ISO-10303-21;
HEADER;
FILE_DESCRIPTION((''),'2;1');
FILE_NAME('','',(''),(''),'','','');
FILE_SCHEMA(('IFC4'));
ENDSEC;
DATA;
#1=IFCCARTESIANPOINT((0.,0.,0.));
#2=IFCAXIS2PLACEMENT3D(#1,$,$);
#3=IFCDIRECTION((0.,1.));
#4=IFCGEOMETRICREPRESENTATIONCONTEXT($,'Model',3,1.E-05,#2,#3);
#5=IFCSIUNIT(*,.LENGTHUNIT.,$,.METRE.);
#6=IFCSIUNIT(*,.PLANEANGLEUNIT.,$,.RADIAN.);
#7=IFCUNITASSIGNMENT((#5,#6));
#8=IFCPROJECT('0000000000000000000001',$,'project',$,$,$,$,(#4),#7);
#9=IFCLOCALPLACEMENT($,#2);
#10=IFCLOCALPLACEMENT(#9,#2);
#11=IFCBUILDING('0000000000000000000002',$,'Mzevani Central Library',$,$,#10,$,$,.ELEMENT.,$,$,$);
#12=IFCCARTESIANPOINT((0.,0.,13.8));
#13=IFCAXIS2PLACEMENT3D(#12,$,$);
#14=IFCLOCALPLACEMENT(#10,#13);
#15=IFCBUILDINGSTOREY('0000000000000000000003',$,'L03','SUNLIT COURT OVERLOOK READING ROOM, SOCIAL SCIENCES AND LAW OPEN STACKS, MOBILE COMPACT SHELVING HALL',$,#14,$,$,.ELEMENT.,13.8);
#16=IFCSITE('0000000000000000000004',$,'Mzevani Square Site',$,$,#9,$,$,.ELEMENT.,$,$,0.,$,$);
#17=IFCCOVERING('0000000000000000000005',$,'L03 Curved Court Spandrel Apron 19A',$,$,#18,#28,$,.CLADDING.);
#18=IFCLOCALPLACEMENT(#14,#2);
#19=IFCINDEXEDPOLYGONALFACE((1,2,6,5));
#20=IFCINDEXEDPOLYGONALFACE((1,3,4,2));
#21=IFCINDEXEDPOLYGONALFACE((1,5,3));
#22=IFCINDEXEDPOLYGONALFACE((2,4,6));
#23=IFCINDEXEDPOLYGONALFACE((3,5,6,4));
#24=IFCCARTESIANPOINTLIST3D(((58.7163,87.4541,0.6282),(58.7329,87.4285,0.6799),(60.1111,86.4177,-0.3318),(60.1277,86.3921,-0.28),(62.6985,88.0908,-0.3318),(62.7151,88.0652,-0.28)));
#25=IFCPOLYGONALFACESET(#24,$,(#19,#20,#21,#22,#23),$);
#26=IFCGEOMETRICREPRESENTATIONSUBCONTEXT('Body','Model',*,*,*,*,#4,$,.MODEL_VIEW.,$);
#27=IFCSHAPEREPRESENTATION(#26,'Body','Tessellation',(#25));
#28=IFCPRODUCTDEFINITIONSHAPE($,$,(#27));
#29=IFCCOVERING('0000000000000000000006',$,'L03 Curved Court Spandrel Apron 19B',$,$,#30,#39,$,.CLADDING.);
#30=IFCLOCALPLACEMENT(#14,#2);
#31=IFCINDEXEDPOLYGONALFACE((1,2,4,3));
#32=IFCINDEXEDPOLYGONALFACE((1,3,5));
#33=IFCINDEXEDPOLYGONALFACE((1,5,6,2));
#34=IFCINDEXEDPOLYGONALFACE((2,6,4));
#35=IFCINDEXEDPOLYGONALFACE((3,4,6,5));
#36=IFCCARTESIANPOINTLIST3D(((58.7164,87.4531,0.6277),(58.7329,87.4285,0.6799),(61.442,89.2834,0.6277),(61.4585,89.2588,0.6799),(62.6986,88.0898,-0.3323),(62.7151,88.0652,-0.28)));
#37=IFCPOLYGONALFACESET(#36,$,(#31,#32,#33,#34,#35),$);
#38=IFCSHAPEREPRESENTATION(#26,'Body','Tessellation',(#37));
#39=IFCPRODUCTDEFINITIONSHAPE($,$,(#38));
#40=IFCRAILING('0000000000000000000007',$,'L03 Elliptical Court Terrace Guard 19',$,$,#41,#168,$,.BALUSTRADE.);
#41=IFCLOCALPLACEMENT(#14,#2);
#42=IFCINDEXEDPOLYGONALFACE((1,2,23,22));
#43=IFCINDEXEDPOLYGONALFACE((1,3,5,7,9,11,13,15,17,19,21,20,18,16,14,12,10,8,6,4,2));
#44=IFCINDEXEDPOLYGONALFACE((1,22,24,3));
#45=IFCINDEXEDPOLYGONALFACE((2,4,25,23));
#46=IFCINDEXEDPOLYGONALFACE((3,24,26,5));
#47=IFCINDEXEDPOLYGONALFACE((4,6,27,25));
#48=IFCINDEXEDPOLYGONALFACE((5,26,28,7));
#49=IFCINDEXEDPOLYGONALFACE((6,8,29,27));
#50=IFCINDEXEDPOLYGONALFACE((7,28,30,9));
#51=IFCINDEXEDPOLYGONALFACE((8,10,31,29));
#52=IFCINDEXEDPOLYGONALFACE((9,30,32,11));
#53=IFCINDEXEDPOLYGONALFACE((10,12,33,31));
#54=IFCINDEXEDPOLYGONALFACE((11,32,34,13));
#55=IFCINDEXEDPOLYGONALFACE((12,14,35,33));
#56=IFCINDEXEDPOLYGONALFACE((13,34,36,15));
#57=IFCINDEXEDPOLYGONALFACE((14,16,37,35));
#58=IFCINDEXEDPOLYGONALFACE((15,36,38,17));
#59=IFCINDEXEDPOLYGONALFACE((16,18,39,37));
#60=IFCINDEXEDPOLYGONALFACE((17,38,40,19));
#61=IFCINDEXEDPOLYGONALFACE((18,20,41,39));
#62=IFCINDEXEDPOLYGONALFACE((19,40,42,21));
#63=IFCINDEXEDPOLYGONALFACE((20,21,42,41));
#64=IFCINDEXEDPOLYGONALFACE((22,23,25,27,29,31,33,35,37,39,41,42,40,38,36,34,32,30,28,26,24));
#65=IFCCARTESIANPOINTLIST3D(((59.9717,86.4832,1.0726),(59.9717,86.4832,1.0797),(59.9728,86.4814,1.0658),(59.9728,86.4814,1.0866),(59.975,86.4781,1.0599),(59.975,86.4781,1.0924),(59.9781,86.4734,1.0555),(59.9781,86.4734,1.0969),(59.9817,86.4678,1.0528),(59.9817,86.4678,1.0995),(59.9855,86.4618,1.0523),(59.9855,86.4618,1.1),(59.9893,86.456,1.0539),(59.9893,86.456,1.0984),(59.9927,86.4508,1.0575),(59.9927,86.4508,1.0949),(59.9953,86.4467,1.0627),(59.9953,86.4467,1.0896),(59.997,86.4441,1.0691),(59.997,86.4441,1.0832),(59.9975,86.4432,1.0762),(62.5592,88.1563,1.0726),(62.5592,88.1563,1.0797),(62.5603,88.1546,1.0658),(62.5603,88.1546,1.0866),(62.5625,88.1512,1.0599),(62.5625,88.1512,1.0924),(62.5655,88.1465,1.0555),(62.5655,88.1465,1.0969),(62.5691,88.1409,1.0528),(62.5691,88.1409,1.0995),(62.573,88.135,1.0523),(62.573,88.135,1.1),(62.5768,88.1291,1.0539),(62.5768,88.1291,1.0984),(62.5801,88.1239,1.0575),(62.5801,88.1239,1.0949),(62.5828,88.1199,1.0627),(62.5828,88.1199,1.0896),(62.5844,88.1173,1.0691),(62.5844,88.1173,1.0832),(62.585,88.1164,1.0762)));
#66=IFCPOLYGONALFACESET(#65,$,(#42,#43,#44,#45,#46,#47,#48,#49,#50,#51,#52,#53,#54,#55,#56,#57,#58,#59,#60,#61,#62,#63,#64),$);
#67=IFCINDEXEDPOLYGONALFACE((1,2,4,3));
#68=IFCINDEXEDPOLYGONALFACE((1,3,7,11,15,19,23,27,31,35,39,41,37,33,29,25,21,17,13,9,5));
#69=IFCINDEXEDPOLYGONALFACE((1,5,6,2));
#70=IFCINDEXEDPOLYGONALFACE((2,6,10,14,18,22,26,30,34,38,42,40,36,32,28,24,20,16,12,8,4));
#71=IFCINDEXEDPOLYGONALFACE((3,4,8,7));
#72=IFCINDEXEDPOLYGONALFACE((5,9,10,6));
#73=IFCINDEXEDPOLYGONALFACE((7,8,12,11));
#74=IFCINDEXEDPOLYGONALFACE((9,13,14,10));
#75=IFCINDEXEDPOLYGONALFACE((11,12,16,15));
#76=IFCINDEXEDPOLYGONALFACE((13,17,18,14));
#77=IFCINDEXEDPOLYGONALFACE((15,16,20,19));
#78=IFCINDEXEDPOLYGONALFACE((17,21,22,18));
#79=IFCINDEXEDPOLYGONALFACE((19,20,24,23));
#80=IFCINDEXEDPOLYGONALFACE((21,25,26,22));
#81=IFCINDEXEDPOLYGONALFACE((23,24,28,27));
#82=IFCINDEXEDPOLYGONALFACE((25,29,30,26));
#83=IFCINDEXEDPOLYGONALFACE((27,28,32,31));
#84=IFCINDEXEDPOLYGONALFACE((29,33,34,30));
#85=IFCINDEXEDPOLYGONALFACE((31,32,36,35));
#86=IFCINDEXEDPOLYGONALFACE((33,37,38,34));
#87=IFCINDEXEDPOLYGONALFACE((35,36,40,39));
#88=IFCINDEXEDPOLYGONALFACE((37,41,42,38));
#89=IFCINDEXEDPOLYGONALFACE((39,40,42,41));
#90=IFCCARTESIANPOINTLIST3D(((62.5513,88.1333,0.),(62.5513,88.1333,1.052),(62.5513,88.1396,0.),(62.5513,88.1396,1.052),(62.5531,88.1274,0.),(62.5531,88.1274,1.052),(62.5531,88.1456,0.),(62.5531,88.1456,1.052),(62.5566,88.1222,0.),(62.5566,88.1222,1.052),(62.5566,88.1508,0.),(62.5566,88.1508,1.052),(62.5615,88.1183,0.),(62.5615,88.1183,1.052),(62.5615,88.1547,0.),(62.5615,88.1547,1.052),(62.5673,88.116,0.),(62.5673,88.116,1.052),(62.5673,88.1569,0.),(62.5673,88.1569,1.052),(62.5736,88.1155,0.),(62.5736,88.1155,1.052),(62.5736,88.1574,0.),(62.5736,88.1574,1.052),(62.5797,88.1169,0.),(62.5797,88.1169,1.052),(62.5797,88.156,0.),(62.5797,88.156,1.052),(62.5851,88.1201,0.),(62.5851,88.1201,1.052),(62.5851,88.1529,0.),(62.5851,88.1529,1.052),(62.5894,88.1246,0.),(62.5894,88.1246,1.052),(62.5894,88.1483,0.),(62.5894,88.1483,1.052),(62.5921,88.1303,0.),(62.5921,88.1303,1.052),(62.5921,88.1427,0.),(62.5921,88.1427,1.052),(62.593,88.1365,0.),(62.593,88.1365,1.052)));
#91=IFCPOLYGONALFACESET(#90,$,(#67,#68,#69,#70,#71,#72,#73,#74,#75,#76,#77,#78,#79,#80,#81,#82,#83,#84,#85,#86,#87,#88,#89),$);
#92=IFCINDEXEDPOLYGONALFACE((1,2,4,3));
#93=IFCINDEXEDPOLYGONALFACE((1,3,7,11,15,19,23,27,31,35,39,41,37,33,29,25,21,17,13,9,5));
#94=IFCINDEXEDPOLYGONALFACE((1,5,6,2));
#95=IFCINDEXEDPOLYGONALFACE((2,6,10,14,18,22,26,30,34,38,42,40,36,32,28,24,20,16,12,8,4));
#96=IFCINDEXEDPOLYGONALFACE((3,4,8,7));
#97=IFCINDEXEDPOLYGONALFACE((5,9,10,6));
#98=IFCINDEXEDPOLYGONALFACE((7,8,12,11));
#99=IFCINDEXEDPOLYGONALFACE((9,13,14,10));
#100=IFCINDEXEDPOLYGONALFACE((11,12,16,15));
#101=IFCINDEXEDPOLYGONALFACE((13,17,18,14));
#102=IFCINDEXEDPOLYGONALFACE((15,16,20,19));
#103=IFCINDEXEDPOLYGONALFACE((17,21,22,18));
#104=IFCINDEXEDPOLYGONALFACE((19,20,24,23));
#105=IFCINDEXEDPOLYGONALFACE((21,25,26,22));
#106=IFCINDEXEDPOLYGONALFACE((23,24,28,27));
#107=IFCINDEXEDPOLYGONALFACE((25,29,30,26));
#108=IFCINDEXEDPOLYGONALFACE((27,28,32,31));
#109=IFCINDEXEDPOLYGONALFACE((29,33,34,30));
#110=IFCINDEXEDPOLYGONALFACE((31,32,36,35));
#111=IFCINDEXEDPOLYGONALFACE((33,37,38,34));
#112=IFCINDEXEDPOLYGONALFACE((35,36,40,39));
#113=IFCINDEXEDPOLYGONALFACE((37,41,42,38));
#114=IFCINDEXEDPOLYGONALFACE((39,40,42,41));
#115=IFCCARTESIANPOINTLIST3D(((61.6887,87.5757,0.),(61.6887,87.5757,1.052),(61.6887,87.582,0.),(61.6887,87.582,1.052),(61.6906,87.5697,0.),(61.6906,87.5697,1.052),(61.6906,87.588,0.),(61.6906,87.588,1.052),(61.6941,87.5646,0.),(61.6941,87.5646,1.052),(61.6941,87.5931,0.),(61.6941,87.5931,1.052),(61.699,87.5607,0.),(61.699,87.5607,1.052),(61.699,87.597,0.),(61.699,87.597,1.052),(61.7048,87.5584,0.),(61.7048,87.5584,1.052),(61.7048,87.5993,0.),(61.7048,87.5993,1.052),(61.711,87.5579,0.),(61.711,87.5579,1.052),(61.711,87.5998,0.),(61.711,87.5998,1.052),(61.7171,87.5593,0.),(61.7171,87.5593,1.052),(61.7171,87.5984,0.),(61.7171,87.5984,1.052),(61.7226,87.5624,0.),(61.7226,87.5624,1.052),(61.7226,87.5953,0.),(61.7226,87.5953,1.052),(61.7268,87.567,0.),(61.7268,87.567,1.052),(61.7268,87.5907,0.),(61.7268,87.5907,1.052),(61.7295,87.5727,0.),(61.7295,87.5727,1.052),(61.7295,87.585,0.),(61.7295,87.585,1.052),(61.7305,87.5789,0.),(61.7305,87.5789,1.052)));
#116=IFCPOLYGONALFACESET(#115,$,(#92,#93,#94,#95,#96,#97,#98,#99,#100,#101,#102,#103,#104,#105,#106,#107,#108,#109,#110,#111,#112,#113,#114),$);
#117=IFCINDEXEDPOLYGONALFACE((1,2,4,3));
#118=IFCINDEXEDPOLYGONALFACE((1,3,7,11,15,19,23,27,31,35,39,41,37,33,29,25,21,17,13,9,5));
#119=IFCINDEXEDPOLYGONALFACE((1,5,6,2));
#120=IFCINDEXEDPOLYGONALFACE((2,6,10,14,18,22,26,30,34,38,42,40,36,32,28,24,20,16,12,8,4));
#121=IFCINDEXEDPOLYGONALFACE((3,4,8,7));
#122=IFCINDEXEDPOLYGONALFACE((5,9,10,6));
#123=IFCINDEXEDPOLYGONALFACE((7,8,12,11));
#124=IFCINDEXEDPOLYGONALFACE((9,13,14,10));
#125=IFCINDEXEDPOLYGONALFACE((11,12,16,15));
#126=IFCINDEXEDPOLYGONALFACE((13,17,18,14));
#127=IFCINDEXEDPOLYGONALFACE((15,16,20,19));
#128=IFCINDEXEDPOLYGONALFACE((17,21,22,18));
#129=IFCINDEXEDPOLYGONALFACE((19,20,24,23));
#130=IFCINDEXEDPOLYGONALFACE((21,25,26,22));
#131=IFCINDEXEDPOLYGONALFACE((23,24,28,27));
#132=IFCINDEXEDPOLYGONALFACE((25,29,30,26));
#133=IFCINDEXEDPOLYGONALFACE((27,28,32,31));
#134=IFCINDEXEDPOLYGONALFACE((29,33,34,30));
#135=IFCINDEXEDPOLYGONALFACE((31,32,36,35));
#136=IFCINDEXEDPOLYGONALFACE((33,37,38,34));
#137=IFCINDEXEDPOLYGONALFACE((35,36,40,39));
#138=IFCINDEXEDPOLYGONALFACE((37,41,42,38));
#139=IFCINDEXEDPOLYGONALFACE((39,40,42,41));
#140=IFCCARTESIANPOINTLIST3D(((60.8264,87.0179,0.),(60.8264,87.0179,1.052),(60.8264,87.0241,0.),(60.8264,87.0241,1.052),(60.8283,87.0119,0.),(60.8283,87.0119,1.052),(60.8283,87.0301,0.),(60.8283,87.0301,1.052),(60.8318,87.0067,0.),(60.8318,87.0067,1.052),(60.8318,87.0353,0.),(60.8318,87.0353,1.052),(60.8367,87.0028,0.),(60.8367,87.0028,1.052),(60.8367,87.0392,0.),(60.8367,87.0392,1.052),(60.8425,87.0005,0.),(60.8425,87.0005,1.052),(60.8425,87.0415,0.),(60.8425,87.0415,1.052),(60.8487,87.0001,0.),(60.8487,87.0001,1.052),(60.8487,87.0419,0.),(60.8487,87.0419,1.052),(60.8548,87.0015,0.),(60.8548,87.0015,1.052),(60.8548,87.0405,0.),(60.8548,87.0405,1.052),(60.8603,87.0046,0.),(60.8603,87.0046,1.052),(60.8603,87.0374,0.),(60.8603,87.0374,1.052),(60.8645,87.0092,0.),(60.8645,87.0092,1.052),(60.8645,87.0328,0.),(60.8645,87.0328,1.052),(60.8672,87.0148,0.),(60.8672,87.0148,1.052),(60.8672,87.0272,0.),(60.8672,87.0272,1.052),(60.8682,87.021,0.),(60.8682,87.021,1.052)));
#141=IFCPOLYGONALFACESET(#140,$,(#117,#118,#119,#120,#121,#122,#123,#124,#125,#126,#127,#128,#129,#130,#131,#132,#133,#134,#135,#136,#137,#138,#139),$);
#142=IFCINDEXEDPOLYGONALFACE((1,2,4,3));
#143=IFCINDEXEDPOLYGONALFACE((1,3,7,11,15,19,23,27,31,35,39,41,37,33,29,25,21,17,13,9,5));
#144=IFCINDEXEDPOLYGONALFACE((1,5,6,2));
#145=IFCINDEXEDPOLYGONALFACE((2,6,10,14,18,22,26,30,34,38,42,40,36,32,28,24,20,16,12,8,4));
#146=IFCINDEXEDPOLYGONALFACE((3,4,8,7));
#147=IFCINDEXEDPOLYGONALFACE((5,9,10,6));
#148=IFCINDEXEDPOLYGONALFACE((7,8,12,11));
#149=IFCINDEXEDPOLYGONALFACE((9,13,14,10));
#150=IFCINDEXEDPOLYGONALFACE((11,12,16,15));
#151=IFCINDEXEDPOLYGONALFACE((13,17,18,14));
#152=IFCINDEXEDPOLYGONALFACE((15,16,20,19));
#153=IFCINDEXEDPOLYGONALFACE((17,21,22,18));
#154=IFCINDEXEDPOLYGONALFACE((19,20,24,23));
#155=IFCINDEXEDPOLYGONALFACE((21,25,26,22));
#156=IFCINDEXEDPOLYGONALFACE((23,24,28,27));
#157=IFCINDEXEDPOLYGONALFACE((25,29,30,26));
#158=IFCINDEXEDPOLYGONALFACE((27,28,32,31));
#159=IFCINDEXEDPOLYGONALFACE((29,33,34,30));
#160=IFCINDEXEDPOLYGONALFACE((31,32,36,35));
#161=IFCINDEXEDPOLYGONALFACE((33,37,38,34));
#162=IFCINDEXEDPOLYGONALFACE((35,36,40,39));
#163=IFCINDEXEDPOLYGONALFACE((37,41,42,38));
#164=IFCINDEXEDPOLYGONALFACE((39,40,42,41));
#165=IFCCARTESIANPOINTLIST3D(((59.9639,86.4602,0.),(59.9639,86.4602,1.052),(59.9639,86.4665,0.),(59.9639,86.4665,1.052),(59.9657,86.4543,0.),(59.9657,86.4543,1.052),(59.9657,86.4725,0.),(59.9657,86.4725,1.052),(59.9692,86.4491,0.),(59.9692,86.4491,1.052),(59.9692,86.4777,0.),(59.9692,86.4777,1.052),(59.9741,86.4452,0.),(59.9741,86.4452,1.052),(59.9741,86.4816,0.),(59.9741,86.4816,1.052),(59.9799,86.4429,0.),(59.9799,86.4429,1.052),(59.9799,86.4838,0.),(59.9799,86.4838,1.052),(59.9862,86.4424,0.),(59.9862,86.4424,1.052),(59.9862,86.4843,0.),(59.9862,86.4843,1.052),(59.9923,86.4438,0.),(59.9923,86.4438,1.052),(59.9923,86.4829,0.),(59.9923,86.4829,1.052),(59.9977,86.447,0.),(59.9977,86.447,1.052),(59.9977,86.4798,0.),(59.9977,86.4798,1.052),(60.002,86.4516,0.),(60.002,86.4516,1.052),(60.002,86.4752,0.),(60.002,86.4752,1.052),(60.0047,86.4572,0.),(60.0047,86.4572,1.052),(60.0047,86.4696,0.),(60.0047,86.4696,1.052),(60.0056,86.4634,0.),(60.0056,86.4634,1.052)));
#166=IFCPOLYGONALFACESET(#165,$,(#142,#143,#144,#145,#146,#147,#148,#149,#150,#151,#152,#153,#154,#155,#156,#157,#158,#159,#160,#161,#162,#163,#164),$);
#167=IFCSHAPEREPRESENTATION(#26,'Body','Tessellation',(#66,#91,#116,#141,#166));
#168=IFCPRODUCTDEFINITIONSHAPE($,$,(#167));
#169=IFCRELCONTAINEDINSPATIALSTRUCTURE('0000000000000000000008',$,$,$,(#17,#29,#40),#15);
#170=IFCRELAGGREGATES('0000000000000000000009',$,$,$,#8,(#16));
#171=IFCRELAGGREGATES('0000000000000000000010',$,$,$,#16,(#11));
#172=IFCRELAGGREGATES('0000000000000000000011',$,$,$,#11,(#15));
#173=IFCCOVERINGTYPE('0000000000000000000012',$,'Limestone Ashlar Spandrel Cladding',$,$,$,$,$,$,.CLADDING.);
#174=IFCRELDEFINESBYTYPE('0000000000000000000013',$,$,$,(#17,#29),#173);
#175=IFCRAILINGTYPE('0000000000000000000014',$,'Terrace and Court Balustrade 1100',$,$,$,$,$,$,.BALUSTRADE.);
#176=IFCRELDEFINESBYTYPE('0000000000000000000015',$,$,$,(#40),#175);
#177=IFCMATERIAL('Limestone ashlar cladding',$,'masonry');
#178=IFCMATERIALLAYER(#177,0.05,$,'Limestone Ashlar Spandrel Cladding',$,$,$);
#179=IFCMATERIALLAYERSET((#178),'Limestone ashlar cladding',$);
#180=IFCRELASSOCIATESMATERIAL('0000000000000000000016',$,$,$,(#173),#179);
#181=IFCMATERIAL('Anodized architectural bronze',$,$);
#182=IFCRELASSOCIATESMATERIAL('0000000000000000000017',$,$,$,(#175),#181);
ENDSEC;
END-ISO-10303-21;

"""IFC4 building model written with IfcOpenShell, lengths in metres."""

from ifc_helpers import new_model, si_unit, direction, frame, origin, origin_2d, place, context, subcontext, project, spatial, polyline, circle, outline, extrude, material, layer, layer_set, type_object, element, save


model = new_model("IFC4")

# Units and contexts
model_context = context("Model", 3, precision=1e-05, world=origin(), true_north=direction((0.0, 1.0)))
body_context = subcontext(model_context, "Body", "Model", "MODEL_VIEW")
ifc_project = project(units=[si_unit("LENGTHUNIT", "METRE"), si_unit("PLANEANGLEUNIT", "RADIAN")], contexts=[model_context])

# Site, building, storey
site_placement = place(None, origin())
site = spatial("IfcSite", under=ifc_project, at=site_placement, Name="Mzevani Square Site", CompositionType="ELEMENT", RefElevation=0.0)
building_placement = place(site_placement, origin())
building = spatial("IfcBuilding", under=site, at=building_placement, Name="Mzevani Central Library", CompositionType="ELEMENT")
storey_placement = place(building_placement, frame((0.0, 0.0, 13.8)))
storey = spatial("IfcBuildingStorey", under=building, at=storey_placement, Name="L03", Description="SUNLIT COURT OVERLOOK READING ROOM, SOCIAL SCIENCES AND LAW OPEN STACKS, MOBILE COMPACT SHELVING HALL", CompositionType="ELEMENT", Elevation=13.8)

# Coverings
ifc_material_1 = material(Name="Limestone ashlar cladding", Category="masonry")
ifc_layer_1 = layer(ifc_material_1, 0.05, Name="Limestone Ashlar Spandrel Cladding")
ifc_layer_set_1 = layer_set([ifc_layer_1], Name="Limestone ashlar cladding")
covering_type = type_object("IfcCoveringType", Name="Limestone Ashlar Spandrel Cladding", PredefinedType="CLADDING", material=ifc_layer_set_1)
covering_1_placement = place(storey_placement, frame((62.7151, 88.0652, -0.28), z_axis=(0.27585, -0.426595, 0.86135), x_axis=(-0.839734, -0.542998, 0.0)))
element("IfcCovering", 1, at=covering_1_placement, inside=storey, type_object=covering_type, Name="L03 Curved Court Spandrel Apron 19A", PredefinedType="CLADDING", context=body_context, shape_type="SweptSolid", body=[
    extrude(outline(polyline([(0.0, 0.0), (3.0812, 0.0), (3.6897, -1.8896), (0.0, 0.0)])), origin(), (0.0, 0.0, -1.0), 0.0601),
])
covering_2_placement = place(storey_placement, frame((62.7151, 88.0652, -0.28), z_axis=(0.275171, -0.409765, 0.869697), x_axis=(-0.960616, -0.153595, 0.23157)))
element("IfcCovering", 2, at=covering_2_placement, inside=storey, type_object=covering_type, Name="L03 Curved Court Spandrel Apron 19B", PredefinedType="CLADDING", context=body_context, shape_type="SweptSolid", body=[
    extrude(outline(polyline([(0.0, 0.0), (4.1454, 0.0), (1.2461, -1.5403), (0.0, 0.0)])), origin(), (0.0, 0.0, -1.0), 0.0601),
])

# Railing
ifc_material_2 = material(Name="Anodized architectural bronze")
railing_type = type_object("IfcRailingType", Name="Terrace and Court Balustrade 1100", PredefinedType="BALUSTRADE", material=ifc_material_2)
railing_placement = place(storey_placement, frame((62.572, 88.1365, 0.0)))
element("IfcRailing", 3, at=railing_placement, inside=storey, type_object=railing_type, Name="L03 Elliptical Court Terrace Guard 19", PredefinedType="BALUSTRADE", context=body_context, shape_type="SweptSolid", body=[
    extrude(circle(Radius=0.0239, at=origin_2d()), frame((0.0, 0.0, 1.0762), z_axis=(-0.839734, -0.542998, 0.0), x_axis=(0.542998, -0.839734, 0.0)), (0.0, 0.0, 1.0), 3.0813),
    extrude(circle(Radius=0.021, at=origin_2d()), origin(), (0.0, 0.0, 1.0), 1.052),
    extrude(circle(Radius=0.021, at=origin_2d()), frame((-0.8625, -0.5576, 0.0)), (0.0, 0.0, 1.0), 1.052),
    extrude(circle(Radius=0.021, at=origin_2d()), frame((-1.7249, -1.1155, 0.0)), (0.0, 0.0, 1.0), 1.052),
    extrude(circle(Radius=0.021, at=origin_2d()), frame((-2.5874, -1.6731, 0.0)), (0.0, 0.0, 1.0), 1.052),
])

save(model, "model.ifc")
